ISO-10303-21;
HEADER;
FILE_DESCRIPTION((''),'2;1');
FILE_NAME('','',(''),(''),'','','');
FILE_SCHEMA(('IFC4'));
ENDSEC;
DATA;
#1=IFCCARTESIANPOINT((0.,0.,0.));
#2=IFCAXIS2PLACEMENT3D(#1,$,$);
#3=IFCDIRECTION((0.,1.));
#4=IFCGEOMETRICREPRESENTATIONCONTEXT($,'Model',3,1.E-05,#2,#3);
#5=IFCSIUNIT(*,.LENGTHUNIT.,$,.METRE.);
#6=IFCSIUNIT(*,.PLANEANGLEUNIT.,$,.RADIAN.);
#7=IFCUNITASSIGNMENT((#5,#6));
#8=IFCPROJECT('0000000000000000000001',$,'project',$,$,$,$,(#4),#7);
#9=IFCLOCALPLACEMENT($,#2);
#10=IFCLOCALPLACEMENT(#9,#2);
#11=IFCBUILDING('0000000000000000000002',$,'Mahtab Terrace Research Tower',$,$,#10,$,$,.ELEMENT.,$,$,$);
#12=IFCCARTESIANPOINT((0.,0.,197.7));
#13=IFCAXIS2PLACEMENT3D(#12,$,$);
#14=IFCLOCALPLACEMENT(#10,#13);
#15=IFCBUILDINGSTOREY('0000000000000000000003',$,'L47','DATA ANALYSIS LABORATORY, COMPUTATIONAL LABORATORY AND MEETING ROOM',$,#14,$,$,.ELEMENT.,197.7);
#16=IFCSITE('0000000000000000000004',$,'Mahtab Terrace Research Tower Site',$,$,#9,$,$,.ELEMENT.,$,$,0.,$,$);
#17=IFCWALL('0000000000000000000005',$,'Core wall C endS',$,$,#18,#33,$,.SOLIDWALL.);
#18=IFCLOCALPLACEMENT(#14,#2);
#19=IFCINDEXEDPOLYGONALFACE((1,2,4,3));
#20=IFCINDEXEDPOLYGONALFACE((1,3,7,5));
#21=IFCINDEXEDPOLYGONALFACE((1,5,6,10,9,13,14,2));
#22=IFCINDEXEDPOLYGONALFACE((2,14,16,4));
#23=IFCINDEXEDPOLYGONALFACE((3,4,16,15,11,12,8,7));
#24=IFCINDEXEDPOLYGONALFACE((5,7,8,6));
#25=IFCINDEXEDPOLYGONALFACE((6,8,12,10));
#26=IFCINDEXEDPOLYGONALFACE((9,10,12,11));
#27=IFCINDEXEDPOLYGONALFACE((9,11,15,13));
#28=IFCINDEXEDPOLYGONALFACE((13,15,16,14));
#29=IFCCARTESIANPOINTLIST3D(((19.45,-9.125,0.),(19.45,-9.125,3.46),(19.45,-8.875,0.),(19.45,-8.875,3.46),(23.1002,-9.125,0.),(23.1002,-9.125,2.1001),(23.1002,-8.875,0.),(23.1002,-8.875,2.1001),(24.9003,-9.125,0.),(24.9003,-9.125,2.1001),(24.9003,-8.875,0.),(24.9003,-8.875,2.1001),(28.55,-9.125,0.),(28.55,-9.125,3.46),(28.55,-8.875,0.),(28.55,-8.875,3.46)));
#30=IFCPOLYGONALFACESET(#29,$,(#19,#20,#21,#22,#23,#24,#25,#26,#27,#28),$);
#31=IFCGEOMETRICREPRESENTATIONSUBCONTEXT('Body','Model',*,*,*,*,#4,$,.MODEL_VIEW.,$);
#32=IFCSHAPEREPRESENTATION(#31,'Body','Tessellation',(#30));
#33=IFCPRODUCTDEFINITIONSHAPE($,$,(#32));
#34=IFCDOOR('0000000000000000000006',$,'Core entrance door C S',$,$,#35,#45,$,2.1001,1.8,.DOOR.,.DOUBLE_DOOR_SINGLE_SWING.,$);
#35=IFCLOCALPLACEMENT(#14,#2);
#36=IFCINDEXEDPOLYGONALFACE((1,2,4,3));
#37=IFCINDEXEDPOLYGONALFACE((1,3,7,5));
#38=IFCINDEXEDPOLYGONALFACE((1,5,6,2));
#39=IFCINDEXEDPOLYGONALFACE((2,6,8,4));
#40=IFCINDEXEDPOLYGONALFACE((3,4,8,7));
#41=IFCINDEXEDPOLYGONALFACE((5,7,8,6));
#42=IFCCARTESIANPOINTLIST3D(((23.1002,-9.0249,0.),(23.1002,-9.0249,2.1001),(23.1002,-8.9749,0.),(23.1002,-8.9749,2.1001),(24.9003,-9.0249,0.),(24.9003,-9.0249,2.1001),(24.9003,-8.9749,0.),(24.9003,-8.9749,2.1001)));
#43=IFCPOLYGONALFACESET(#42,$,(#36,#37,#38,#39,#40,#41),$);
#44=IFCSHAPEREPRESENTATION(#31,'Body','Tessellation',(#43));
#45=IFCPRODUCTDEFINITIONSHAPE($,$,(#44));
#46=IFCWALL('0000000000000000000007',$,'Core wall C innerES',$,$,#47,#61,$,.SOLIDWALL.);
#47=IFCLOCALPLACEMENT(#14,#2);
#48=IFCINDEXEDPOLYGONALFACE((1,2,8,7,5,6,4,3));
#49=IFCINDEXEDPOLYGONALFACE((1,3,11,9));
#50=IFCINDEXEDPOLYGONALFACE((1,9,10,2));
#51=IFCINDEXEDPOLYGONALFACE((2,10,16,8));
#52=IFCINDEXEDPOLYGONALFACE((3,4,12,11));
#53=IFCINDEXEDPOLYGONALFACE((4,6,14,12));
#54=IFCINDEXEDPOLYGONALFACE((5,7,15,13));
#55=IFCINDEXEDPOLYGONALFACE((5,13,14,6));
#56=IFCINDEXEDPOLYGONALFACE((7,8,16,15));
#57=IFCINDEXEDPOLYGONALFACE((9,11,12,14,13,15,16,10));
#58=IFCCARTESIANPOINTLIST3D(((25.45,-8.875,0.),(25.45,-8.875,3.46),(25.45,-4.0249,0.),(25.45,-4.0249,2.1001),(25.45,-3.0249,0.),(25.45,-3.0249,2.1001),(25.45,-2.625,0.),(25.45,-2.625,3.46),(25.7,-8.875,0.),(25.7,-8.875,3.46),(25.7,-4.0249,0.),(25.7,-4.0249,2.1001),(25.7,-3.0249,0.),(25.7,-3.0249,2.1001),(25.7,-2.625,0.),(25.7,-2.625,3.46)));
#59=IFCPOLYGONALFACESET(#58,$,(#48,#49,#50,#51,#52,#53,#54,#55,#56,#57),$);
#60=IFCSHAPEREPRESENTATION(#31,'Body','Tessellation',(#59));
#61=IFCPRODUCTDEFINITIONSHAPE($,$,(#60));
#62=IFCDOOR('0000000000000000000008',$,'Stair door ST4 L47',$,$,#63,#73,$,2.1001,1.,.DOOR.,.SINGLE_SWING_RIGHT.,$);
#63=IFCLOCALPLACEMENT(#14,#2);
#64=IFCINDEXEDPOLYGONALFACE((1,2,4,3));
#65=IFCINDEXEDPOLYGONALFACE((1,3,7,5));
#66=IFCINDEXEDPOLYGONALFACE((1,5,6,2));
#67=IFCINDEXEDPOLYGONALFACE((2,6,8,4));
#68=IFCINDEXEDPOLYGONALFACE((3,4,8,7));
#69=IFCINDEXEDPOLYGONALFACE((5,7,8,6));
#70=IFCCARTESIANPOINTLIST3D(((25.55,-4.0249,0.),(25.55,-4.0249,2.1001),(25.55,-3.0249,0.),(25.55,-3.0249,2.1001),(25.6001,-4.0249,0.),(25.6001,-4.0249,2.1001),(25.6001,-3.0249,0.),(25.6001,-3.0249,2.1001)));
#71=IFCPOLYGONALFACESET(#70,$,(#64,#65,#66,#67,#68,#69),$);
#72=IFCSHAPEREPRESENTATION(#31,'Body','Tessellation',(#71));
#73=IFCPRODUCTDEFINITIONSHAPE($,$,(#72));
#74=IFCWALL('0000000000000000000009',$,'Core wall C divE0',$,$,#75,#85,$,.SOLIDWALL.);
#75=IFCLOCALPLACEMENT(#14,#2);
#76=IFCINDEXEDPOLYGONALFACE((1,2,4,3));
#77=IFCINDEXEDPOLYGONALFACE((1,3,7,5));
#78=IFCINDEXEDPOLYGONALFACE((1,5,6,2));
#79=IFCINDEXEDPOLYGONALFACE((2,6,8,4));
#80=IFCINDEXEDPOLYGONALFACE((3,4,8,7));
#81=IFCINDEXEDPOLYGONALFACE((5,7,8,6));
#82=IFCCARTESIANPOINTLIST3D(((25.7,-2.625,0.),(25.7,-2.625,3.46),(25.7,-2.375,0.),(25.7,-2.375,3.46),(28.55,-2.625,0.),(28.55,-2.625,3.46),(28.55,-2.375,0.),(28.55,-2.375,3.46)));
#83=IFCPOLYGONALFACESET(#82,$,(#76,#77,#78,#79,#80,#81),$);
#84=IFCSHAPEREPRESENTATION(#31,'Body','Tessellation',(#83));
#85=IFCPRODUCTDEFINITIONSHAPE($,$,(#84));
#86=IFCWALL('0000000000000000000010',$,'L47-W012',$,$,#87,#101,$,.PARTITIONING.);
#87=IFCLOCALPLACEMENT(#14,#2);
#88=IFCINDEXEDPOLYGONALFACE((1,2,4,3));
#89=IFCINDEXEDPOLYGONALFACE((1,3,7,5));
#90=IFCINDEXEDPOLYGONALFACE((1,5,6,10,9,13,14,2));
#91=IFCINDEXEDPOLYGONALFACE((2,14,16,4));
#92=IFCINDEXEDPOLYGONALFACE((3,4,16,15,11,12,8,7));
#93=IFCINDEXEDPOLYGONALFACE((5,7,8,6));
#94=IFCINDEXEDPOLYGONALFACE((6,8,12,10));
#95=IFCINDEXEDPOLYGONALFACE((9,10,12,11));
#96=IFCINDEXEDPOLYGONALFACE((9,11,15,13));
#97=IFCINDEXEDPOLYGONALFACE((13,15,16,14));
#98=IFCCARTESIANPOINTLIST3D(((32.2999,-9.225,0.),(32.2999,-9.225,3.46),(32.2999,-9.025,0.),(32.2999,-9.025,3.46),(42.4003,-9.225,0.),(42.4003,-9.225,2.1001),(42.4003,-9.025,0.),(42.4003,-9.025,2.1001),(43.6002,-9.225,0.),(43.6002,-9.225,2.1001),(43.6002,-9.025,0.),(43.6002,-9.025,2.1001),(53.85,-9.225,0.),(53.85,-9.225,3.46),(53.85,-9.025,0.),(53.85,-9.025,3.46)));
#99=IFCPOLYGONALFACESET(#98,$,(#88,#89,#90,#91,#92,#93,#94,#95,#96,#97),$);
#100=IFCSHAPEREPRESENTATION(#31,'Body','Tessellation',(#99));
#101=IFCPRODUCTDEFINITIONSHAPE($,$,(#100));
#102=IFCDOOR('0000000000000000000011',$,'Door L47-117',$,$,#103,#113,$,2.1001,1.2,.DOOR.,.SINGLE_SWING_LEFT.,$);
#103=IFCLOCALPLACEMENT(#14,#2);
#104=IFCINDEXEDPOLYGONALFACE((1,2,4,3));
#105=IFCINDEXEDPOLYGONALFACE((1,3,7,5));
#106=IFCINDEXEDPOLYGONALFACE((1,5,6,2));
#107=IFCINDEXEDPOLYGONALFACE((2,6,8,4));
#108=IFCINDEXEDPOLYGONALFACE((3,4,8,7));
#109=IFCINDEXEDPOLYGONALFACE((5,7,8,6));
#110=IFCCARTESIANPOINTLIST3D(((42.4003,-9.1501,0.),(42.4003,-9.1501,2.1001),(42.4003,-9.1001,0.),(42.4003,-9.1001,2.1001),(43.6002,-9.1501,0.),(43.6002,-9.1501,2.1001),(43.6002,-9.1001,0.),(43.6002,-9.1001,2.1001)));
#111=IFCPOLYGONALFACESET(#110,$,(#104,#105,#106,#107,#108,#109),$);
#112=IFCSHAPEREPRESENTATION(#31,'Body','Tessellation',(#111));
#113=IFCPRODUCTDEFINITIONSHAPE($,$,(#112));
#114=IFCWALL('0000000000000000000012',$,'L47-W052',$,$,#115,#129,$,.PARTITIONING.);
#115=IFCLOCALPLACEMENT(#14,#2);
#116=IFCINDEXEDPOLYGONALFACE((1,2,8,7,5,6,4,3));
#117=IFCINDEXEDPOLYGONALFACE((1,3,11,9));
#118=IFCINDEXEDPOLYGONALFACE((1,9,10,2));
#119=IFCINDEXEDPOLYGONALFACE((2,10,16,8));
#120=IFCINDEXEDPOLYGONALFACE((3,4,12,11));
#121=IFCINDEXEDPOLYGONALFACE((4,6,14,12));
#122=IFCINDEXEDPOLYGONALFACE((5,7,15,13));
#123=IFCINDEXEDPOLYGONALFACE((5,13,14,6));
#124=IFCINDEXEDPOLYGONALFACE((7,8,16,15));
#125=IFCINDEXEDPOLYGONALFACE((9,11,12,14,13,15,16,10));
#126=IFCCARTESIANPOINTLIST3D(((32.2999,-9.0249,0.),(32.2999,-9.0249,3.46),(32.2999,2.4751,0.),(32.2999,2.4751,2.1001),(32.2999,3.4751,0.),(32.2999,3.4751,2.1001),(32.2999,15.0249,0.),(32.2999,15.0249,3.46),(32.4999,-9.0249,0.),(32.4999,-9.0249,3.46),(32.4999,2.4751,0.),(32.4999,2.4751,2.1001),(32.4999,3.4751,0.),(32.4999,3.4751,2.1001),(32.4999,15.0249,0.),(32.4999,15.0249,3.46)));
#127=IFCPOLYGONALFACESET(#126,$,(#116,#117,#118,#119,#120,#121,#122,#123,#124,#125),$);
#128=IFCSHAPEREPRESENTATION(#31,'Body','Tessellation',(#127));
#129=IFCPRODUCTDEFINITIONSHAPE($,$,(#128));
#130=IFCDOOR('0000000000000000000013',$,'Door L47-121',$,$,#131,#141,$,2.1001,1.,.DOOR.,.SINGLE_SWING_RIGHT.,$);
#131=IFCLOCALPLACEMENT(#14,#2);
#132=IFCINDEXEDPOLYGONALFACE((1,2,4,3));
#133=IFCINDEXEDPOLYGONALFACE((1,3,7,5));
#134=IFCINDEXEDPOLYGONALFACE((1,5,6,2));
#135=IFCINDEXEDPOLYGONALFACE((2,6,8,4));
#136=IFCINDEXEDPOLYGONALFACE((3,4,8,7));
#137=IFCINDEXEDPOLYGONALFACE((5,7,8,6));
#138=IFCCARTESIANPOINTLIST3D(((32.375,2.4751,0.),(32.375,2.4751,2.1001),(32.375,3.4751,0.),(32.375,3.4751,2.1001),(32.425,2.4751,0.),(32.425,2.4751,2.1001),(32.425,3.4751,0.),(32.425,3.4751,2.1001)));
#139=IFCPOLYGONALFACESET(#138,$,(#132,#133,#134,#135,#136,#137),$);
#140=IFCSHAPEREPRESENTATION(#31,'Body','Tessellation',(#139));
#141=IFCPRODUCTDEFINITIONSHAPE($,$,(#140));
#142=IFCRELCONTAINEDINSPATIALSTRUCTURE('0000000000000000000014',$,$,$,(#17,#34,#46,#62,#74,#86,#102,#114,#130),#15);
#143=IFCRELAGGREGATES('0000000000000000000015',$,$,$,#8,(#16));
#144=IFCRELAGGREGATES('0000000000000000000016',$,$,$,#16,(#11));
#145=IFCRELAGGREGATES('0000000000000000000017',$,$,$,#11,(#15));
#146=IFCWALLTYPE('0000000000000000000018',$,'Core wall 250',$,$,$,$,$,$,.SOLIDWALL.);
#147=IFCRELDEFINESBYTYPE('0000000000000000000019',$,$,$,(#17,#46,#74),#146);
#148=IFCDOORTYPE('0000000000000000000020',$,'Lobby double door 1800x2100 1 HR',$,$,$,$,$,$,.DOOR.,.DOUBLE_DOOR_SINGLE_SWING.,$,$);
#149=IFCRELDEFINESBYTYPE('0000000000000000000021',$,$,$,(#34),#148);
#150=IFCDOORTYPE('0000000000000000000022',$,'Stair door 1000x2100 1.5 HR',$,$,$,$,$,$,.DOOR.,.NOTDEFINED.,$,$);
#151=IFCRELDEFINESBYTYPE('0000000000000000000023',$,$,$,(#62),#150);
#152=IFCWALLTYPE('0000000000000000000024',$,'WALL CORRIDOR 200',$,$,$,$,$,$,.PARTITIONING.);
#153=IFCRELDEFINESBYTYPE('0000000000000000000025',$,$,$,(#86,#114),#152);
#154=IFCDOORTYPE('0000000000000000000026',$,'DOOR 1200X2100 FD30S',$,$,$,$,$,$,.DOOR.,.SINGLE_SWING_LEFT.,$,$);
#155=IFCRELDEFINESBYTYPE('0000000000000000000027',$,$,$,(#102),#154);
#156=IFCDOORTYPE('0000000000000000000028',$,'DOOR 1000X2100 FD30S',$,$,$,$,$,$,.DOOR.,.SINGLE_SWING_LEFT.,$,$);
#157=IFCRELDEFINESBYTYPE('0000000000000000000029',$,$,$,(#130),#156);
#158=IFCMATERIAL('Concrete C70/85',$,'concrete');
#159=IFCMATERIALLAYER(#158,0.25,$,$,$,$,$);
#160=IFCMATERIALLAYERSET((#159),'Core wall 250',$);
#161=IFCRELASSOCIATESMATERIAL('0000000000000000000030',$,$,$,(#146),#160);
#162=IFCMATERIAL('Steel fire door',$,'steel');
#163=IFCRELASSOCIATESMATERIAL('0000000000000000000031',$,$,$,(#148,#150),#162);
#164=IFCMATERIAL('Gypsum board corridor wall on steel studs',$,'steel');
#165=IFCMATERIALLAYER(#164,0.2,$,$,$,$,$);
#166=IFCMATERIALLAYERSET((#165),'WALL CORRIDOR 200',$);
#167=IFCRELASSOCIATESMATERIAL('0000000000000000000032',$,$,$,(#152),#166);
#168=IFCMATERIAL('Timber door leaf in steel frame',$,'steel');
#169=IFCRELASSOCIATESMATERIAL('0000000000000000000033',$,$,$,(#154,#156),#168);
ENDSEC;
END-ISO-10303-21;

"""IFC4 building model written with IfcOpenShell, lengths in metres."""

from ifc_helpers import new_model, si_unit, direction, frame, frame_2d, origin, place, context, subcontext, project, spatial, rectangle, extrude, material, layer, layer_set, type_object, element, fill, save


model = new_model("IFC4")

# Units and contexts
model_context = context("Model", 3, precision=1e-05, world=origin(), true_north=direction((0.0, 1.0)))
body_context = subcontext(model_context, "Body", "Model", "MODEL_VIEW")
ifc_project = project(units=[si_unit("LENGTHUNIT", "METRE"), si_unit("PLANEANGLEUNIT", "RADIAN")], contexts=[model_context])

# Site, building, storey
site_placement = place(None, origin())
site = spatial("IfcSite", under=ifc_project, at=site_placement, Name="Mahtab Terrace Research Tower Site", CompositionType="ELEMENT", RefElevation=0.0)
building_placement = place(site_placement, origin())
building = spatial("IfcBuilding", under=site, at=building_placement, Name="Mahtab Terrace Research Tower", CompositionType="ELEMENT")
storey_placement = place(building_placement, frame((0.0, 0.0, 197.7)))
storey = spatial("IfcBuildingStorey", under=building, at=storey_placement, Name="L47", Description="DATA ANALYSIS LABORATORY, COMPUTATIONAL LABORATORY AND MEETING ROOM", CompositionType="ELEMENT", Elevation=197.7)

# Walls, openings, doors
ifc_material_1 = material(Name="Concrete C70/85", Category="concrete")
ifc_layer_1 = layer(ifc_material_1, 0.25)
ifc_layer_set_1 = layer_set([ifc_layer_1], Name="Core wall 250")
wall_type_1 = type_object("IfcWallType", Name="Core wall 250", PredefinedType="SOLIDWALL", material=ifc_layer_set_1)
wall_1_placement = place(storey_placement, frame((28.55, -9.0, 0.0), z_axis=(0.0, 0.0, 1.0), x_axis=(-1.0, 0.0, 0.0)))
wall_1 = element("IfcWall", 1, at=wall_1_placement, inside=storey, type_object=wall_type_1, Name="Core wall C endS", PredefinedType="SOLIDWALL", context=body_context, shape_type="SweptSolid", body=[
    extrude(rectangle(XDim=9.1001, YDim=0.25, at=frame_2d((4.55, 0.0))), origin(), (0.0, 0.0, 1.0), 3.46),
])
opening_1_placement = place(wall_1_placement, frame((3.6499, 0.0, 0.0)))
opening_1 = element("IfcOpeningElement", 2, at=opening_1_placement, cuts=wall_1, PredefinedType="OPENING", context=body_context, shape_type="SweptSolid", body=[
    extrude(rectangle(XDim=1.8, YDim=2.1001, at=frame_2d((0.8999, 1.05))), frame((0.0, 0.135, 0.0), z_axis=(0.0, -1.0, 0.0), x_axis=(1.0, 0.0, 0.0)), (0.0, 0.0, 1.0), 0.27),
])
ifc_material_2 = material(Name="Steel fire door", Category="steel")
door_type_1 = type_object("IfcDoorType", Name="Lobby double door 1800x2100 1 HR", OperationType="DOUBLE_DOOR_SINGLE_SWING", PredefinedType="DOOR", material=ifc_material_2)
door_1_placement = place(opening_1_placement, origin())
door_1 = element("IfcDoor", 3, at=door_1_placement, inside=storey, type_object=door_type_1, Name="Core entrance door C S", OperationType="DOUBLE_DOOR_SINGLE_SWING", OverallHeight=2.1001, OverallWidth=1.8, PredefinedType="DOOR", context=body_context, shape_type="SweptSolid", body=[
    extrude(rectangle(XDim=1.8, YDim=2.1001, at=frame_2d((0.8999, 1.05))), frame((0.0, 0.0249, 0.0), z_axis=(0.0, -1.0, 0.0), x_axis=(1.0, 0.0, 0.0)), (0.0, 0.0, 1.0), 0.05),
])
fill(opening_1, door_1)
wall_2_placement = place(storey_placement, frame((25.575, -8.875, 0.0), z_axis=(0.0, 0.0, 1.0), x_axis=(0.0, 1.0, 0.0)))
wall_2 = element("IfcWall", 4, at=wall_2_placement, inside=storey, type_object=wall_type_1, Name="Core wall C innerES", PredefinedType="SOLIDWALL", context=body_context, shape_type="SweptSolid", body=[
    extrude(rectangle(XDim=6.25, YDim=0.25, at=frame_2d((3.125, 0.0))), origin(), (0.0, 0.0, 1.0), 3.46),
])
opening_2_placement = place(wall_2_placement, frame((4.8501, 0.0, 0.0)))
opening_2 = element("IfcOpeningElement", 5, at=opening_2_placement, cuts=wall_2, PredefinedType="OPENING", context=body_context, shape_type="SweptSolid", body=[
    extrude(rectangle(XDim=1.0, YDim=2.1001, at=frame_2d((0.5, 1.05))), frame((0.0, 0.135, 0.0), z_axis=(0.0, -1.0, 0.0), x_axis=(1.0, 0.0, 0.0)), (0.0, 0.0, 1.0), 0.27),
])
door_type_2 = type_object("IfcDoorType", Name="Stair door 1000x2100 1.5 HR", OperationType="NOTDEFINED", PredefinedType="DOOR", material=ifc_material_2)
door_2_placement = place(opening_2_placement, origin())
door_2 = element("IfcDoor", 6, at=door_2_placement, inside=storey, type_object=door_type_2, Name="Stair door ST4 L47", OperationType="SINGLE_SWING_RIGHT", OverallHeight=2.1001, OverallWidth=1.0, PredefinedType="DOOR", context=body_context, shape_type="SweptSolid", body=[
    extrude(rectangle(XDim=1.0, YDim=2.1001, at=frame_2d((0.5, 1.05))), frame((0.0, 0.0249, 0.0), z_axis=(0.0, -1.0, 0.0), x_axis=(1.0, 0.0, 0.0)), (0.0, 0.0, 1.0), 0.05),
])
fill(opening_2, door_2)

# Wall
wall_3_placement = place(storey_placement, frame((25.7, -2.5, 0.0), z_axis=(0.0, 0.0, 1.0), x_axis=(1.0, 0.0, 0.0)))
element("IfcWall", 7, at=wall_3_placement, inside=storey, type_object=wall_type_1, Name="Core wall C divE0", PredefinedType="SOLIDWALL", context=body_context, shape_type="SweptSolid", body=[
    extrude(rectangle(XDim=2.8501, YDim=0.25, at=frame_2d((1.425, 0.0))), origin(), (0.0, 0.0, 1.0), 3.46),
])

# Walls, openings, doors
ifc_material_3 = material(Name="Gypsum board corridor wall on steel studs", Category="steel")
ifc_layer_2 = layer(ifc_material_3, 0.2)
ifc_layer_set_2 = layer_set([ifc_layer_2], Name="WALL CORRIDOR 200")
wall_type_2 = type_object("IfcWallType", Name="WALL CORRIDOR 200", PredefinedType="PARTITIONING", material=ifc_layer_set_2)
wall_4_placement = place(storey_placement, frame((32.3, -9.125, 0.0), z_axis=(0.0, 0.0, 1.0), x_axis=(1.0, 0.0, 0.0)))
wall_4 = element("IfcWall", 8, at=wall_4_placement, inside=storey, type_object=wall_type_2, Name="L47-W012", PredefinedType="PARTITIONING", context=body_context, shape_type="SweptSolid", body=[
    extrude(rectangle(XDim=21.55, YDim=0.2, at=frame_2d((10.7749, 0.0))), origin(), (0.0, 0.0, 1.0), 3.46),
])
opening_3_placement = place(wall_4_placement, frame((10.1001, 0.0, 0.0)))
opening_3 = element("IfcOpeningElement", 9, at=opening_3_placement, cuts=wall_4, PredefinedType="OPENING", context=body_context, shape_type="SweptSolid", body=[
    extrude(rectangle(XDim=1.2, YDim=2.1001, at=frame_2d((0.6001, 1.05))), frame((0.0, 0.1099, 0.0), z_axis=(0.0, -1.0, 0.0), x_axis=(1.0, 0.0, 0.0)), (0.0, 0.0, 1.0), 0.22),
])
ifc_material_4 = material(Name="Timber door leaf in steel frame", Category="steel")
door_type_3 = type_object("IfcDoorType", Name="DOOR 1200X2100 FD30S", OperationType="SINGLE_SWING_LEFT", PredefinedType="DOOR", material=ifc_material_4)
door_3_placement = place(opening_3_placement, origin())
door_3 = element("IfcDoor", 10, at=door_3_placement, inside=storey, type_object=door_type_3, Name="Door L47-117", OperationType="SINGLE_SWING_LEFT", OverallHeight=2.1001, OverallWidth=1.2, PredefinedType="DOOR", context=body_context, shape_type="SweptSolid", body=[
    extrude(rectangle(XDim=1.2, YDim=2.1001, at=frame_2d((0.6001, 1.05))), frame((0.0, 0.0249, 0.0), z_axis=(0.0, -1.0, 0.0), x_axis=(1.0, 0.0, 0.0)), (0.0, 0.0, 1.0), 0.05),
])
fill(opening_3, door_3)
wall_5_placement = place(storey_placement, frame((32.3999, -9.0249, 0.0), z_axis=(0.0, 0.0, 1.0), x_axis=(0.0, 1.0, 0.0)))
wall_5 = element("IfcWall", 11, at=wall_5_placement, inside=storey, type_object=wall_type_2, Name="L47-W052", PredefinedType="PARTITIONING", context=body_context, shape_type="SweptSolid", body=[
    extrude(rectangle(XDim=24.0498, YDim=0.2, at=frame_2d((12.0249, 0.0))), origin(), (0.0, 0.0, 1.0), 3.46),
])
opening_4_placement = place(wall_5_placement, frame((11.5, 0.0, 0.0)))
opening_4 = element("IfcOpeningElement", 12, at=opening_4_placement, cuts=wall_5, PredefinedType="OPENING", context=body_context, shape_type="SweptSolid", body=[
    extrude(rectangle(XDim=1.0, YDim=2.1001, at=frame_2d((0.5, 1.05))), frame((0.0, 0.1099, 0.0), z_axis=(0.0, -1.0, 0.0), x_axis=(1.0, 0.0, 0.0)), (0.0, 0.0, 1.0), 0.22),
])
door_type_4 = type_object("IfcDoorType", Name="DOOR 1000X2100 FD30S", OperationType="SINGLE_SWING_LEFT", PredefinedType="DOOR", material=ifc_material_4)
door_4_placement = place(opening_4_placement, origin())
door_4 = element("IfcDoor", 13, at=door_4_placement, inside=storey, type_object=door_type_4, Name="Door L47-121", OperationType="SINGLE_SWING_RIGHT", OverallHeight=2.1001, OverallWidth=1.0, PredefinedType="DOOR", context=body_context, shape_type="SweptSolid", body=[
    extrude(rectangle(XDim=1.0, YDim=2.1001, at=frame_2d((0.5, 1.05))), frame((0.0, 0.0249, 0.0), z_axis=(0.0, -1.0, 0.0), x_axis=(1.0, 0.0, 0.0)), (0.0, 0.0, 1.0), 0.05),
])
fill(opening_4, door_4)

save(model, "model.ifc")
